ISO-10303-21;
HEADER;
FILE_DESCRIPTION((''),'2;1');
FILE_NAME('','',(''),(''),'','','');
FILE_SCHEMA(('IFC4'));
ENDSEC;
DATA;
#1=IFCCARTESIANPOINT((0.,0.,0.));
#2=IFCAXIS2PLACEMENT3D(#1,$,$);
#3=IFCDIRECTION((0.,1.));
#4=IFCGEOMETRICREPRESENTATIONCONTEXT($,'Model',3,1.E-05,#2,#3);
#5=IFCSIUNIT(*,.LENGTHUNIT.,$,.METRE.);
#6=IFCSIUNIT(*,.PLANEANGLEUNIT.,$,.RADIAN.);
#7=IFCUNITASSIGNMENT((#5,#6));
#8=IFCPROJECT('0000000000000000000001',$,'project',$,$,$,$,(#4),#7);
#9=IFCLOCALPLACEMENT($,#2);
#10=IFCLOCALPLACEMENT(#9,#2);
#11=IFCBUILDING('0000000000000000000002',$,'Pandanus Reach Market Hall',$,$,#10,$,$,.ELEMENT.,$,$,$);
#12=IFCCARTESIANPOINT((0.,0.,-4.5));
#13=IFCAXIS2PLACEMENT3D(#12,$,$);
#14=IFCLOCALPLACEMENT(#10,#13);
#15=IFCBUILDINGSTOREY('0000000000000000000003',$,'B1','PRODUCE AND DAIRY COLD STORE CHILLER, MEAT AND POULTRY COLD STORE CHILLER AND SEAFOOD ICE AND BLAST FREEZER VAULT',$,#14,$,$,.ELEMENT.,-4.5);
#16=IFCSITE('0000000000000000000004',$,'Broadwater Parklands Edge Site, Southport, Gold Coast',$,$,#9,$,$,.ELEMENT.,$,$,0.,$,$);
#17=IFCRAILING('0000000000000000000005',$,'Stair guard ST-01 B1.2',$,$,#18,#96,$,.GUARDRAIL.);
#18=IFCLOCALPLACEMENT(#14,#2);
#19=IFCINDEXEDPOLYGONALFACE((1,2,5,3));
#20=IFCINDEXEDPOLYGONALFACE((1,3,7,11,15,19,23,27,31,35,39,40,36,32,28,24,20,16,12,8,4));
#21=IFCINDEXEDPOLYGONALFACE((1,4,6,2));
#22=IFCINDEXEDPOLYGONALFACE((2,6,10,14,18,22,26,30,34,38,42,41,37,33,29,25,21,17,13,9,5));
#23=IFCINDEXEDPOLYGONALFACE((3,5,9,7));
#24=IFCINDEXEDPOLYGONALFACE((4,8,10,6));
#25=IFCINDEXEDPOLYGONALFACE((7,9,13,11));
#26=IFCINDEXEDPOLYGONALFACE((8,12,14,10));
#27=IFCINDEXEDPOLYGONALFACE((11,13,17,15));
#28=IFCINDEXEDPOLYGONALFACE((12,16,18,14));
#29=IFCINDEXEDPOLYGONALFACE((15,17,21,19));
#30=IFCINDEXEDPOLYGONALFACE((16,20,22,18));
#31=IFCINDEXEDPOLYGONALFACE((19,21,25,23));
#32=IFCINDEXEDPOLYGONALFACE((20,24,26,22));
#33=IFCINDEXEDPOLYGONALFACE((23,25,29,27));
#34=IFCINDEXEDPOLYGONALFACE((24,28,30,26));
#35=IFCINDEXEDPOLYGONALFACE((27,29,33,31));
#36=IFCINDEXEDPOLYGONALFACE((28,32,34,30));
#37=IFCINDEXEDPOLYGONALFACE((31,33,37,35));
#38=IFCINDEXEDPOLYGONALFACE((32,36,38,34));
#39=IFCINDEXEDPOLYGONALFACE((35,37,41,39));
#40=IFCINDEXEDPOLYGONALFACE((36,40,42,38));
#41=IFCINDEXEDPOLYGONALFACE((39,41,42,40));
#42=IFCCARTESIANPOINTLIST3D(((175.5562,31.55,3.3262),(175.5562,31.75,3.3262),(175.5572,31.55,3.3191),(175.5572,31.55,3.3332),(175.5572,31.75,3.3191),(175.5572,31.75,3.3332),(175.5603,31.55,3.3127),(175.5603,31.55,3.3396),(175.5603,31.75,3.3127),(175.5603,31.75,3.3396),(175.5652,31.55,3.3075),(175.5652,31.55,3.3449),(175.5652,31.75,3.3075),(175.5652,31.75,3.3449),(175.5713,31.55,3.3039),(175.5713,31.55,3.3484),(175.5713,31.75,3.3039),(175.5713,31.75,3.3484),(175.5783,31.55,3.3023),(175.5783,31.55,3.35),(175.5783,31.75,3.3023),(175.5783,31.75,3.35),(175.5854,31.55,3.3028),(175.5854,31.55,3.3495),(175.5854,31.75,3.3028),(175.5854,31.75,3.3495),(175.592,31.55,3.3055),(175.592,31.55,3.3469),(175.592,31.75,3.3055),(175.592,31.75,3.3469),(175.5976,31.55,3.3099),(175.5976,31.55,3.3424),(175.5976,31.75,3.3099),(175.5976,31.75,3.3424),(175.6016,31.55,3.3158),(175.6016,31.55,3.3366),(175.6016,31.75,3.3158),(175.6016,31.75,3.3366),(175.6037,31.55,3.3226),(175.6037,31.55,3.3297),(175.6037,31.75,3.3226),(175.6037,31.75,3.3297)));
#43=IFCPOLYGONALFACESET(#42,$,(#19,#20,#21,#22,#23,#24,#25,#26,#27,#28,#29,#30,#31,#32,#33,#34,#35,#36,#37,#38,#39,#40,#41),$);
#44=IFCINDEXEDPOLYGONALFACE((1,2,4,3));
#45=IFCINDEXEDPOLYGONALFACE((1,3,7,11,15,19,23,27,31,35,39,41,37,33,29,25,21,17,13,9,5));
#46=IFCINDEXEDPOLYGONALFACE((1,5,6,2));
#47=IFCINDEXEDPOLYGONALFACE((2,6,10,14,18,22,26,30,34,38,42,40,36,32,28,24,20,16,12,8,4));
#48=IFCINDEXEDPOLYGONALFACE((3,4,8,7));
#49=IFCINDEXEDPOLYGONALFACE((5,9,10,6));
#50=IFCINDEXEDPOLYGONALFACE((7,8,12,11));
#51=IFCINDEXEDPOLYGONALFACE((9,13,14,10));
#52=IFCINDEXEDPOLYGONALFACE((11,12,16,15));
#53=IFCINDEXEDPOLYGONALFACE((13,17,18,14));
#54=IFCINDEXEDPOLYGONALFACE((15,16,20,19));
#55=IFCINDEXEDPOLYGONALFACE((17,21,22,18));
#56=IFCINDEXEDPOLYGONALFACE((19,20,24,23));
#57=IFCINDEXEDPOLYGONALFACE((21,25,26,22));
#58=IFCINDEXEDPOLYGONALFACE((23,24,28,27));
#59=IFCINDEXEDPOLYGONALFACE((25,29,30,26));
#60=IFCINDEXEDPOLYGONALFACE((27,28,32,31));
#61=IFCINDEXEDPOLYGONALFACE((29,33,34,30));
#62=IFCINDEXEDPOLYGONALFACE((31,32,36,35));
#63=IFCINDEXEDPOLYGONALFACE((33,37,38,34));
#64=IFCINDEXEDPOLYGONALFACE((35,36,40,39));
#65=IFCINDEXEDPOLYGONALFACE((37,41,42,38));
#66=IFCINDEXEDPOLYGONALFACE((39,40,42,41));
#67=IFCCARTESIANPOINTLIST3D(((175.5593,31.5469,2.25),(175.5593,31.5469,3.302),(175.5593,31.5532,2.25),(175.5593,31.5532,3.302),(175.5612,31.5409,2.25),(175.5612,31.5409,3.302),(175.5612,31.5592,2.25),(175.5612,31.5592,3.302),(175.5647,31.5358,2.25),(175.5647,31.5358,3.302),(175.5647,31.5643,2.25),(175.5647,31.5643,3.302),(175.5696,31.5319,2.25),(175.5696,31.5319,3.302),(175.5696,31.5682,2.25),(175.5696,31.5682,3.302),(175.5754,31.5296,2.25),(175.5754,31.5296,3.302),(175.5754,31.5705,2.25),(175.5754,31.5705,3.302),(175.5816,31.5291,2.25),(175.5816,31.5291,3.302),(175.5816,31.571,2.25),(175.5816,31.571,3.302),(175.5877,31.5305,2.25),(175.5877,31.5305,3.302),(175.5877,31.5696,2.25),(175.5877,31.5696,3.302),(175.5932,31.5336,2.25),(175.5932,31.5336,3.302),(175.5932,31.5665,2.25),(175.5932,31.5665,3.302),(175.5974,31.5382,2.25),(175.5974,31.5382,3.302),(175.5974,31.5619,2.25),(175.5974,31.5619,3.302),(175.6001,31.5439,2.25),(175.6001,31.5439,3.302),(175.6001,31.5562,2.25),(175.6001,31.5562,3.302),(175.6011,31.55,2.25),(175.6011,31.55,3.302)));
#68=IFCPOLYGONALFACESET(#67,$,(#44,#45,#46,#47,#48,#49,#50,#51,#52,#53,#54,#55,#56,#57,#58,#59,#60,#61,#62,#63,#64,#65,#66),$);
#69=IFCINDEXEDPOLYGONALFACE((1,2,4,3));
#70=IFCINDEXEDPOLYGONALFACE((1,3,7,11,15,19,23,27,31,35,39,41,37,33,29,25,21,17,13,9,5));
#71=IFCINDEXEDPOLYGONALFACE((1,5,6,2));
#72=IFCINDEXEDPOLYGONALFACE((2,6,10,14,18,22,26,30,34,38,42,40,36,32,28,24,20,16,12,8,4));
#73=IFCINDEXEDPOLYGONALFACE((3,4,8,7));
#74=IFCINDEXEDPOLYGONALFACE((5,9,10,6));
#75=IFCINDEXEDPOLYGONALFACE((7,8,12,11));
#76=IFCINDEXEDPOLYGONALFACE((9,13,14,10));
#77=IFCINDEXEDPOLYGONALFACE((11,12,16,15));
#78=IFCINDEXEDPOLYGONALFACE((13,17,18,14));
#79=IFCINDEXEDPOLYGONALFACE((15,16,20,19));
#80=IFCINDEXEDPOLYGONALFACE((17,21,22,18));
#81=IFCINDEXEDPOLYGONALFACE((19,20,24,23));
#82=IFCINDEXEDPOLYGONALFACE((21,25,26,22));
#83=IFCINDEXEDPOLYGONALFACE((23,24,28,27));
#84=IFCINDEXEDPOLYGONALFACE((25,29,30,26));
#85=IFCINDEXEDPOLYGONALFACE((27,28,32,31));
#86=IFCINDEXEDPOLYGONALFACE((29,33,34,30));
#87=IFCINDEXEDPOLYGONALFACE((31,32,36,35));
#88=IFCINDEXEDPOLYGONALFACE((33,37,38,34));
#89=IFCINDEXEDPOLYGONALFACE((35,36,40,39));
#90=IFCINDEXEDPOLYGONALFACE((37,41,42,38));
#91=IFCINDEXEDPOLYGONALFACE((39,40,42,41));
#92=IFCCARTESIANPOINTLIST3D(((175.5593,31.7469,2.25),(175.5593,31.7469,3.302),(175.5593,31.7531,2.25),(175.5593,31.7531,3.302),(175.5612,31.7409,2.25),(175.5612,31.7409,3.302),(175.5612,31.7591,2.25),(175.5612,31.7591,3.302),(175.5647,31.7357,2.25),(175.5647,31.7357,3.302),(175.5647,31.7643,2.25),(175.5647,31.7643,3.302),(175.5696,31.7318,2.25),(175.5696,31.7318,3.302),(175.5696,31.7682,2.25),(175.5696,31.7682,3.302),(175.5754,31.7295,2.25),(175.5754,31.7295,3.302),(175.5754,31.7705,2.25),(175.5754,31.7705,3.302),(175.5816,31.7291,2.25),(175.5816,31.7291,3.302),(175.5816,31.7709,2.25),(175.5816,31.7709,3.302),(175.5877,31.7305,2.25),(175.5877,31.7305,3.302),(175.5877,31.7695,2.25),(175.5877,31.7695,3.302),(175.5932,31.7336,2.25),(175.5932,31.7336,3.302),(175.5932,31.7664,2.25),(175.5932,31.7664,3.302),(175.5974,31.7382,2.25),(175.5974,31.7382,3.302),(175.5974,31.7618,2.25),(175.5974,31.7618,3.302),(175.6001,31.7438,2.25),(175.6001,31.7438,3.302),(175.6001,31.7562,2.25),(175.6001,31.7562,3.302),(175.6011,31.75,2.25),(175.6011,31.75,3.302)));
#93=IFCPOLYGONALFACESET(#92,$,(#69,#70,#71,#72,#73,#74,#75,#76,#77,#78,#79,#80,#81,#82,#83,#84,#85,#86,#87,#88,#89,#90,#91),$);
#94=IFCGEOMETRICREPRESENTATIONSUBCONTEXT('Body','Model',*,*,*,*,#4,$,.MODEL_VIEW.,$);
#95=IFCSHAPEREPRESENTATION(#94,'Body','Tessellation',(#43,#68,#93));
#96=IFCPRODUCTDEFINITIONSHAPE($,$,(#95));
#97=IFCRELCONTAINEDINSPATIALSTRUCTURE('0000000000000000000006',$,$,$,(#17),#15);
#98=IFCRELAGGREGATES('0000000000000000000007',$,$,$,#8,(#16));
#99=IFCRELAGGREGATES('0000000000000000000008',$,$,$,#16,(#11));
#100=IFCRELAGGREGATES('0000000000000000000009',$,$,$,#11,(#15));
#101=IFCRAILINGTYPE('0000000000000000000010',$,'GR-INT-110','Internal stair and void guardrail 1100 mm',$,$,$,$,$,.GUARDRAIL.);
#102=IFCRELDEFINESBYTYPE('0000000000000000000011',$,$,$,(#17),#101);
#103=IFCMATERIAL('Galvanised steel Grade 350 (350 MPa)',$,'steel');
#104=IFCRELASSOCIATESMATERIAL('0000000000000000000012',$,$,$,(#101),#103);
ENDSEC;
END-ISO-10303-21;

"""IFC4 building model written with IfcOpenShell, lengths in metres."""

from ifc_helpers import new_model, si_unit, direction, frame, origin, origin_2d, place, context, subcontext, project, spatial, circle, extrude, material, type_object, element, save


model = new_model("IFC4")

# Units and contexts
model_context = context("Model", 3, precision=1e-05, world=origin(), true_north=direction((0.0, 1.0)))
body_context = subcontext(model_context, "Body", "Model", "MODEL_VIEW")
ifc_project = project(units=[si_unit("LENGTHUNIT", "METRE"), si_unit("PLANEANGLEUNIT", "RADIAN")], contexts=[model_context])

# Site, building, storey
site_placement = place(None, origin())
site = spatial("IfcSite", under=ifc_project, at=site_placement, Name="Broadwater Parklands Edge Site, Southport, Gold Coast", CompositionType="ELEMENT", RefElevation=0.0)
building_placement = place(site_placement, origin())
building = spatial("IfcBuilding", under=site, at=building_placement, Name="Pandanus Reach Market Hall", CompositionType="ELEMENT")
storey_placement = place(building_placement, frame((0.0, 0.0, -4.5)))
storey = spatial("IfcBuildingStorey", under=building, at=storey_placement, Name="B1", Description="PRODUCE AND DAIRY COLD STORE CHILLER, MEAT AND POULTRY COLD STORE CHILLER AND SEAFOOD ICE AND BLAST FREEZER VAULT", CompositionType="ELEMENT", Elevation=-4.5)

# Railing
ifc_material_1 = material(Name="Galvanised steel Grade 350 (350 MPa)", Category="steel")
railing_type_1 = type_object("IfcRailingType", Name="GR-INT-110", Description="Internal stair and void guardrail 1100 mm", PredefinedType="GUARDRAIL", material=ifc_material_1)
railing_1_placement = place(storey_placement, frame((175.5801, 31.55, 2.25)))
element("IfcRailing", 1, at=railing_1_placement, inside=storey, type_object=railing_type_1, Name="Stair guard ST-01 B1.2", PredefinedType="GUARDRAIL", context=body_context, shape_type="SweptSolid", body=[
    extrude(circle(Radius=0.0239, at=origin_2d()), frame((0.0, 0.0, 1.0762), z_axis=(0.0, 1.0, 0.0), x_axis=(-1.0, 0.0, 0.0)), (0.0, 0.0, 1.0), 0.2),
    extrude(circle(Radius=0.021, at=origin_2d()), origin(), (0.0, 0.0, 1.0), 1.052),
    extrude(circle(Radius=0.021, at=origin_2d()), frame((0.0, 0.2, 0.0)), (0.0, 0.0, 1.0), 1.052),
])

save(model, "model.ifc")
